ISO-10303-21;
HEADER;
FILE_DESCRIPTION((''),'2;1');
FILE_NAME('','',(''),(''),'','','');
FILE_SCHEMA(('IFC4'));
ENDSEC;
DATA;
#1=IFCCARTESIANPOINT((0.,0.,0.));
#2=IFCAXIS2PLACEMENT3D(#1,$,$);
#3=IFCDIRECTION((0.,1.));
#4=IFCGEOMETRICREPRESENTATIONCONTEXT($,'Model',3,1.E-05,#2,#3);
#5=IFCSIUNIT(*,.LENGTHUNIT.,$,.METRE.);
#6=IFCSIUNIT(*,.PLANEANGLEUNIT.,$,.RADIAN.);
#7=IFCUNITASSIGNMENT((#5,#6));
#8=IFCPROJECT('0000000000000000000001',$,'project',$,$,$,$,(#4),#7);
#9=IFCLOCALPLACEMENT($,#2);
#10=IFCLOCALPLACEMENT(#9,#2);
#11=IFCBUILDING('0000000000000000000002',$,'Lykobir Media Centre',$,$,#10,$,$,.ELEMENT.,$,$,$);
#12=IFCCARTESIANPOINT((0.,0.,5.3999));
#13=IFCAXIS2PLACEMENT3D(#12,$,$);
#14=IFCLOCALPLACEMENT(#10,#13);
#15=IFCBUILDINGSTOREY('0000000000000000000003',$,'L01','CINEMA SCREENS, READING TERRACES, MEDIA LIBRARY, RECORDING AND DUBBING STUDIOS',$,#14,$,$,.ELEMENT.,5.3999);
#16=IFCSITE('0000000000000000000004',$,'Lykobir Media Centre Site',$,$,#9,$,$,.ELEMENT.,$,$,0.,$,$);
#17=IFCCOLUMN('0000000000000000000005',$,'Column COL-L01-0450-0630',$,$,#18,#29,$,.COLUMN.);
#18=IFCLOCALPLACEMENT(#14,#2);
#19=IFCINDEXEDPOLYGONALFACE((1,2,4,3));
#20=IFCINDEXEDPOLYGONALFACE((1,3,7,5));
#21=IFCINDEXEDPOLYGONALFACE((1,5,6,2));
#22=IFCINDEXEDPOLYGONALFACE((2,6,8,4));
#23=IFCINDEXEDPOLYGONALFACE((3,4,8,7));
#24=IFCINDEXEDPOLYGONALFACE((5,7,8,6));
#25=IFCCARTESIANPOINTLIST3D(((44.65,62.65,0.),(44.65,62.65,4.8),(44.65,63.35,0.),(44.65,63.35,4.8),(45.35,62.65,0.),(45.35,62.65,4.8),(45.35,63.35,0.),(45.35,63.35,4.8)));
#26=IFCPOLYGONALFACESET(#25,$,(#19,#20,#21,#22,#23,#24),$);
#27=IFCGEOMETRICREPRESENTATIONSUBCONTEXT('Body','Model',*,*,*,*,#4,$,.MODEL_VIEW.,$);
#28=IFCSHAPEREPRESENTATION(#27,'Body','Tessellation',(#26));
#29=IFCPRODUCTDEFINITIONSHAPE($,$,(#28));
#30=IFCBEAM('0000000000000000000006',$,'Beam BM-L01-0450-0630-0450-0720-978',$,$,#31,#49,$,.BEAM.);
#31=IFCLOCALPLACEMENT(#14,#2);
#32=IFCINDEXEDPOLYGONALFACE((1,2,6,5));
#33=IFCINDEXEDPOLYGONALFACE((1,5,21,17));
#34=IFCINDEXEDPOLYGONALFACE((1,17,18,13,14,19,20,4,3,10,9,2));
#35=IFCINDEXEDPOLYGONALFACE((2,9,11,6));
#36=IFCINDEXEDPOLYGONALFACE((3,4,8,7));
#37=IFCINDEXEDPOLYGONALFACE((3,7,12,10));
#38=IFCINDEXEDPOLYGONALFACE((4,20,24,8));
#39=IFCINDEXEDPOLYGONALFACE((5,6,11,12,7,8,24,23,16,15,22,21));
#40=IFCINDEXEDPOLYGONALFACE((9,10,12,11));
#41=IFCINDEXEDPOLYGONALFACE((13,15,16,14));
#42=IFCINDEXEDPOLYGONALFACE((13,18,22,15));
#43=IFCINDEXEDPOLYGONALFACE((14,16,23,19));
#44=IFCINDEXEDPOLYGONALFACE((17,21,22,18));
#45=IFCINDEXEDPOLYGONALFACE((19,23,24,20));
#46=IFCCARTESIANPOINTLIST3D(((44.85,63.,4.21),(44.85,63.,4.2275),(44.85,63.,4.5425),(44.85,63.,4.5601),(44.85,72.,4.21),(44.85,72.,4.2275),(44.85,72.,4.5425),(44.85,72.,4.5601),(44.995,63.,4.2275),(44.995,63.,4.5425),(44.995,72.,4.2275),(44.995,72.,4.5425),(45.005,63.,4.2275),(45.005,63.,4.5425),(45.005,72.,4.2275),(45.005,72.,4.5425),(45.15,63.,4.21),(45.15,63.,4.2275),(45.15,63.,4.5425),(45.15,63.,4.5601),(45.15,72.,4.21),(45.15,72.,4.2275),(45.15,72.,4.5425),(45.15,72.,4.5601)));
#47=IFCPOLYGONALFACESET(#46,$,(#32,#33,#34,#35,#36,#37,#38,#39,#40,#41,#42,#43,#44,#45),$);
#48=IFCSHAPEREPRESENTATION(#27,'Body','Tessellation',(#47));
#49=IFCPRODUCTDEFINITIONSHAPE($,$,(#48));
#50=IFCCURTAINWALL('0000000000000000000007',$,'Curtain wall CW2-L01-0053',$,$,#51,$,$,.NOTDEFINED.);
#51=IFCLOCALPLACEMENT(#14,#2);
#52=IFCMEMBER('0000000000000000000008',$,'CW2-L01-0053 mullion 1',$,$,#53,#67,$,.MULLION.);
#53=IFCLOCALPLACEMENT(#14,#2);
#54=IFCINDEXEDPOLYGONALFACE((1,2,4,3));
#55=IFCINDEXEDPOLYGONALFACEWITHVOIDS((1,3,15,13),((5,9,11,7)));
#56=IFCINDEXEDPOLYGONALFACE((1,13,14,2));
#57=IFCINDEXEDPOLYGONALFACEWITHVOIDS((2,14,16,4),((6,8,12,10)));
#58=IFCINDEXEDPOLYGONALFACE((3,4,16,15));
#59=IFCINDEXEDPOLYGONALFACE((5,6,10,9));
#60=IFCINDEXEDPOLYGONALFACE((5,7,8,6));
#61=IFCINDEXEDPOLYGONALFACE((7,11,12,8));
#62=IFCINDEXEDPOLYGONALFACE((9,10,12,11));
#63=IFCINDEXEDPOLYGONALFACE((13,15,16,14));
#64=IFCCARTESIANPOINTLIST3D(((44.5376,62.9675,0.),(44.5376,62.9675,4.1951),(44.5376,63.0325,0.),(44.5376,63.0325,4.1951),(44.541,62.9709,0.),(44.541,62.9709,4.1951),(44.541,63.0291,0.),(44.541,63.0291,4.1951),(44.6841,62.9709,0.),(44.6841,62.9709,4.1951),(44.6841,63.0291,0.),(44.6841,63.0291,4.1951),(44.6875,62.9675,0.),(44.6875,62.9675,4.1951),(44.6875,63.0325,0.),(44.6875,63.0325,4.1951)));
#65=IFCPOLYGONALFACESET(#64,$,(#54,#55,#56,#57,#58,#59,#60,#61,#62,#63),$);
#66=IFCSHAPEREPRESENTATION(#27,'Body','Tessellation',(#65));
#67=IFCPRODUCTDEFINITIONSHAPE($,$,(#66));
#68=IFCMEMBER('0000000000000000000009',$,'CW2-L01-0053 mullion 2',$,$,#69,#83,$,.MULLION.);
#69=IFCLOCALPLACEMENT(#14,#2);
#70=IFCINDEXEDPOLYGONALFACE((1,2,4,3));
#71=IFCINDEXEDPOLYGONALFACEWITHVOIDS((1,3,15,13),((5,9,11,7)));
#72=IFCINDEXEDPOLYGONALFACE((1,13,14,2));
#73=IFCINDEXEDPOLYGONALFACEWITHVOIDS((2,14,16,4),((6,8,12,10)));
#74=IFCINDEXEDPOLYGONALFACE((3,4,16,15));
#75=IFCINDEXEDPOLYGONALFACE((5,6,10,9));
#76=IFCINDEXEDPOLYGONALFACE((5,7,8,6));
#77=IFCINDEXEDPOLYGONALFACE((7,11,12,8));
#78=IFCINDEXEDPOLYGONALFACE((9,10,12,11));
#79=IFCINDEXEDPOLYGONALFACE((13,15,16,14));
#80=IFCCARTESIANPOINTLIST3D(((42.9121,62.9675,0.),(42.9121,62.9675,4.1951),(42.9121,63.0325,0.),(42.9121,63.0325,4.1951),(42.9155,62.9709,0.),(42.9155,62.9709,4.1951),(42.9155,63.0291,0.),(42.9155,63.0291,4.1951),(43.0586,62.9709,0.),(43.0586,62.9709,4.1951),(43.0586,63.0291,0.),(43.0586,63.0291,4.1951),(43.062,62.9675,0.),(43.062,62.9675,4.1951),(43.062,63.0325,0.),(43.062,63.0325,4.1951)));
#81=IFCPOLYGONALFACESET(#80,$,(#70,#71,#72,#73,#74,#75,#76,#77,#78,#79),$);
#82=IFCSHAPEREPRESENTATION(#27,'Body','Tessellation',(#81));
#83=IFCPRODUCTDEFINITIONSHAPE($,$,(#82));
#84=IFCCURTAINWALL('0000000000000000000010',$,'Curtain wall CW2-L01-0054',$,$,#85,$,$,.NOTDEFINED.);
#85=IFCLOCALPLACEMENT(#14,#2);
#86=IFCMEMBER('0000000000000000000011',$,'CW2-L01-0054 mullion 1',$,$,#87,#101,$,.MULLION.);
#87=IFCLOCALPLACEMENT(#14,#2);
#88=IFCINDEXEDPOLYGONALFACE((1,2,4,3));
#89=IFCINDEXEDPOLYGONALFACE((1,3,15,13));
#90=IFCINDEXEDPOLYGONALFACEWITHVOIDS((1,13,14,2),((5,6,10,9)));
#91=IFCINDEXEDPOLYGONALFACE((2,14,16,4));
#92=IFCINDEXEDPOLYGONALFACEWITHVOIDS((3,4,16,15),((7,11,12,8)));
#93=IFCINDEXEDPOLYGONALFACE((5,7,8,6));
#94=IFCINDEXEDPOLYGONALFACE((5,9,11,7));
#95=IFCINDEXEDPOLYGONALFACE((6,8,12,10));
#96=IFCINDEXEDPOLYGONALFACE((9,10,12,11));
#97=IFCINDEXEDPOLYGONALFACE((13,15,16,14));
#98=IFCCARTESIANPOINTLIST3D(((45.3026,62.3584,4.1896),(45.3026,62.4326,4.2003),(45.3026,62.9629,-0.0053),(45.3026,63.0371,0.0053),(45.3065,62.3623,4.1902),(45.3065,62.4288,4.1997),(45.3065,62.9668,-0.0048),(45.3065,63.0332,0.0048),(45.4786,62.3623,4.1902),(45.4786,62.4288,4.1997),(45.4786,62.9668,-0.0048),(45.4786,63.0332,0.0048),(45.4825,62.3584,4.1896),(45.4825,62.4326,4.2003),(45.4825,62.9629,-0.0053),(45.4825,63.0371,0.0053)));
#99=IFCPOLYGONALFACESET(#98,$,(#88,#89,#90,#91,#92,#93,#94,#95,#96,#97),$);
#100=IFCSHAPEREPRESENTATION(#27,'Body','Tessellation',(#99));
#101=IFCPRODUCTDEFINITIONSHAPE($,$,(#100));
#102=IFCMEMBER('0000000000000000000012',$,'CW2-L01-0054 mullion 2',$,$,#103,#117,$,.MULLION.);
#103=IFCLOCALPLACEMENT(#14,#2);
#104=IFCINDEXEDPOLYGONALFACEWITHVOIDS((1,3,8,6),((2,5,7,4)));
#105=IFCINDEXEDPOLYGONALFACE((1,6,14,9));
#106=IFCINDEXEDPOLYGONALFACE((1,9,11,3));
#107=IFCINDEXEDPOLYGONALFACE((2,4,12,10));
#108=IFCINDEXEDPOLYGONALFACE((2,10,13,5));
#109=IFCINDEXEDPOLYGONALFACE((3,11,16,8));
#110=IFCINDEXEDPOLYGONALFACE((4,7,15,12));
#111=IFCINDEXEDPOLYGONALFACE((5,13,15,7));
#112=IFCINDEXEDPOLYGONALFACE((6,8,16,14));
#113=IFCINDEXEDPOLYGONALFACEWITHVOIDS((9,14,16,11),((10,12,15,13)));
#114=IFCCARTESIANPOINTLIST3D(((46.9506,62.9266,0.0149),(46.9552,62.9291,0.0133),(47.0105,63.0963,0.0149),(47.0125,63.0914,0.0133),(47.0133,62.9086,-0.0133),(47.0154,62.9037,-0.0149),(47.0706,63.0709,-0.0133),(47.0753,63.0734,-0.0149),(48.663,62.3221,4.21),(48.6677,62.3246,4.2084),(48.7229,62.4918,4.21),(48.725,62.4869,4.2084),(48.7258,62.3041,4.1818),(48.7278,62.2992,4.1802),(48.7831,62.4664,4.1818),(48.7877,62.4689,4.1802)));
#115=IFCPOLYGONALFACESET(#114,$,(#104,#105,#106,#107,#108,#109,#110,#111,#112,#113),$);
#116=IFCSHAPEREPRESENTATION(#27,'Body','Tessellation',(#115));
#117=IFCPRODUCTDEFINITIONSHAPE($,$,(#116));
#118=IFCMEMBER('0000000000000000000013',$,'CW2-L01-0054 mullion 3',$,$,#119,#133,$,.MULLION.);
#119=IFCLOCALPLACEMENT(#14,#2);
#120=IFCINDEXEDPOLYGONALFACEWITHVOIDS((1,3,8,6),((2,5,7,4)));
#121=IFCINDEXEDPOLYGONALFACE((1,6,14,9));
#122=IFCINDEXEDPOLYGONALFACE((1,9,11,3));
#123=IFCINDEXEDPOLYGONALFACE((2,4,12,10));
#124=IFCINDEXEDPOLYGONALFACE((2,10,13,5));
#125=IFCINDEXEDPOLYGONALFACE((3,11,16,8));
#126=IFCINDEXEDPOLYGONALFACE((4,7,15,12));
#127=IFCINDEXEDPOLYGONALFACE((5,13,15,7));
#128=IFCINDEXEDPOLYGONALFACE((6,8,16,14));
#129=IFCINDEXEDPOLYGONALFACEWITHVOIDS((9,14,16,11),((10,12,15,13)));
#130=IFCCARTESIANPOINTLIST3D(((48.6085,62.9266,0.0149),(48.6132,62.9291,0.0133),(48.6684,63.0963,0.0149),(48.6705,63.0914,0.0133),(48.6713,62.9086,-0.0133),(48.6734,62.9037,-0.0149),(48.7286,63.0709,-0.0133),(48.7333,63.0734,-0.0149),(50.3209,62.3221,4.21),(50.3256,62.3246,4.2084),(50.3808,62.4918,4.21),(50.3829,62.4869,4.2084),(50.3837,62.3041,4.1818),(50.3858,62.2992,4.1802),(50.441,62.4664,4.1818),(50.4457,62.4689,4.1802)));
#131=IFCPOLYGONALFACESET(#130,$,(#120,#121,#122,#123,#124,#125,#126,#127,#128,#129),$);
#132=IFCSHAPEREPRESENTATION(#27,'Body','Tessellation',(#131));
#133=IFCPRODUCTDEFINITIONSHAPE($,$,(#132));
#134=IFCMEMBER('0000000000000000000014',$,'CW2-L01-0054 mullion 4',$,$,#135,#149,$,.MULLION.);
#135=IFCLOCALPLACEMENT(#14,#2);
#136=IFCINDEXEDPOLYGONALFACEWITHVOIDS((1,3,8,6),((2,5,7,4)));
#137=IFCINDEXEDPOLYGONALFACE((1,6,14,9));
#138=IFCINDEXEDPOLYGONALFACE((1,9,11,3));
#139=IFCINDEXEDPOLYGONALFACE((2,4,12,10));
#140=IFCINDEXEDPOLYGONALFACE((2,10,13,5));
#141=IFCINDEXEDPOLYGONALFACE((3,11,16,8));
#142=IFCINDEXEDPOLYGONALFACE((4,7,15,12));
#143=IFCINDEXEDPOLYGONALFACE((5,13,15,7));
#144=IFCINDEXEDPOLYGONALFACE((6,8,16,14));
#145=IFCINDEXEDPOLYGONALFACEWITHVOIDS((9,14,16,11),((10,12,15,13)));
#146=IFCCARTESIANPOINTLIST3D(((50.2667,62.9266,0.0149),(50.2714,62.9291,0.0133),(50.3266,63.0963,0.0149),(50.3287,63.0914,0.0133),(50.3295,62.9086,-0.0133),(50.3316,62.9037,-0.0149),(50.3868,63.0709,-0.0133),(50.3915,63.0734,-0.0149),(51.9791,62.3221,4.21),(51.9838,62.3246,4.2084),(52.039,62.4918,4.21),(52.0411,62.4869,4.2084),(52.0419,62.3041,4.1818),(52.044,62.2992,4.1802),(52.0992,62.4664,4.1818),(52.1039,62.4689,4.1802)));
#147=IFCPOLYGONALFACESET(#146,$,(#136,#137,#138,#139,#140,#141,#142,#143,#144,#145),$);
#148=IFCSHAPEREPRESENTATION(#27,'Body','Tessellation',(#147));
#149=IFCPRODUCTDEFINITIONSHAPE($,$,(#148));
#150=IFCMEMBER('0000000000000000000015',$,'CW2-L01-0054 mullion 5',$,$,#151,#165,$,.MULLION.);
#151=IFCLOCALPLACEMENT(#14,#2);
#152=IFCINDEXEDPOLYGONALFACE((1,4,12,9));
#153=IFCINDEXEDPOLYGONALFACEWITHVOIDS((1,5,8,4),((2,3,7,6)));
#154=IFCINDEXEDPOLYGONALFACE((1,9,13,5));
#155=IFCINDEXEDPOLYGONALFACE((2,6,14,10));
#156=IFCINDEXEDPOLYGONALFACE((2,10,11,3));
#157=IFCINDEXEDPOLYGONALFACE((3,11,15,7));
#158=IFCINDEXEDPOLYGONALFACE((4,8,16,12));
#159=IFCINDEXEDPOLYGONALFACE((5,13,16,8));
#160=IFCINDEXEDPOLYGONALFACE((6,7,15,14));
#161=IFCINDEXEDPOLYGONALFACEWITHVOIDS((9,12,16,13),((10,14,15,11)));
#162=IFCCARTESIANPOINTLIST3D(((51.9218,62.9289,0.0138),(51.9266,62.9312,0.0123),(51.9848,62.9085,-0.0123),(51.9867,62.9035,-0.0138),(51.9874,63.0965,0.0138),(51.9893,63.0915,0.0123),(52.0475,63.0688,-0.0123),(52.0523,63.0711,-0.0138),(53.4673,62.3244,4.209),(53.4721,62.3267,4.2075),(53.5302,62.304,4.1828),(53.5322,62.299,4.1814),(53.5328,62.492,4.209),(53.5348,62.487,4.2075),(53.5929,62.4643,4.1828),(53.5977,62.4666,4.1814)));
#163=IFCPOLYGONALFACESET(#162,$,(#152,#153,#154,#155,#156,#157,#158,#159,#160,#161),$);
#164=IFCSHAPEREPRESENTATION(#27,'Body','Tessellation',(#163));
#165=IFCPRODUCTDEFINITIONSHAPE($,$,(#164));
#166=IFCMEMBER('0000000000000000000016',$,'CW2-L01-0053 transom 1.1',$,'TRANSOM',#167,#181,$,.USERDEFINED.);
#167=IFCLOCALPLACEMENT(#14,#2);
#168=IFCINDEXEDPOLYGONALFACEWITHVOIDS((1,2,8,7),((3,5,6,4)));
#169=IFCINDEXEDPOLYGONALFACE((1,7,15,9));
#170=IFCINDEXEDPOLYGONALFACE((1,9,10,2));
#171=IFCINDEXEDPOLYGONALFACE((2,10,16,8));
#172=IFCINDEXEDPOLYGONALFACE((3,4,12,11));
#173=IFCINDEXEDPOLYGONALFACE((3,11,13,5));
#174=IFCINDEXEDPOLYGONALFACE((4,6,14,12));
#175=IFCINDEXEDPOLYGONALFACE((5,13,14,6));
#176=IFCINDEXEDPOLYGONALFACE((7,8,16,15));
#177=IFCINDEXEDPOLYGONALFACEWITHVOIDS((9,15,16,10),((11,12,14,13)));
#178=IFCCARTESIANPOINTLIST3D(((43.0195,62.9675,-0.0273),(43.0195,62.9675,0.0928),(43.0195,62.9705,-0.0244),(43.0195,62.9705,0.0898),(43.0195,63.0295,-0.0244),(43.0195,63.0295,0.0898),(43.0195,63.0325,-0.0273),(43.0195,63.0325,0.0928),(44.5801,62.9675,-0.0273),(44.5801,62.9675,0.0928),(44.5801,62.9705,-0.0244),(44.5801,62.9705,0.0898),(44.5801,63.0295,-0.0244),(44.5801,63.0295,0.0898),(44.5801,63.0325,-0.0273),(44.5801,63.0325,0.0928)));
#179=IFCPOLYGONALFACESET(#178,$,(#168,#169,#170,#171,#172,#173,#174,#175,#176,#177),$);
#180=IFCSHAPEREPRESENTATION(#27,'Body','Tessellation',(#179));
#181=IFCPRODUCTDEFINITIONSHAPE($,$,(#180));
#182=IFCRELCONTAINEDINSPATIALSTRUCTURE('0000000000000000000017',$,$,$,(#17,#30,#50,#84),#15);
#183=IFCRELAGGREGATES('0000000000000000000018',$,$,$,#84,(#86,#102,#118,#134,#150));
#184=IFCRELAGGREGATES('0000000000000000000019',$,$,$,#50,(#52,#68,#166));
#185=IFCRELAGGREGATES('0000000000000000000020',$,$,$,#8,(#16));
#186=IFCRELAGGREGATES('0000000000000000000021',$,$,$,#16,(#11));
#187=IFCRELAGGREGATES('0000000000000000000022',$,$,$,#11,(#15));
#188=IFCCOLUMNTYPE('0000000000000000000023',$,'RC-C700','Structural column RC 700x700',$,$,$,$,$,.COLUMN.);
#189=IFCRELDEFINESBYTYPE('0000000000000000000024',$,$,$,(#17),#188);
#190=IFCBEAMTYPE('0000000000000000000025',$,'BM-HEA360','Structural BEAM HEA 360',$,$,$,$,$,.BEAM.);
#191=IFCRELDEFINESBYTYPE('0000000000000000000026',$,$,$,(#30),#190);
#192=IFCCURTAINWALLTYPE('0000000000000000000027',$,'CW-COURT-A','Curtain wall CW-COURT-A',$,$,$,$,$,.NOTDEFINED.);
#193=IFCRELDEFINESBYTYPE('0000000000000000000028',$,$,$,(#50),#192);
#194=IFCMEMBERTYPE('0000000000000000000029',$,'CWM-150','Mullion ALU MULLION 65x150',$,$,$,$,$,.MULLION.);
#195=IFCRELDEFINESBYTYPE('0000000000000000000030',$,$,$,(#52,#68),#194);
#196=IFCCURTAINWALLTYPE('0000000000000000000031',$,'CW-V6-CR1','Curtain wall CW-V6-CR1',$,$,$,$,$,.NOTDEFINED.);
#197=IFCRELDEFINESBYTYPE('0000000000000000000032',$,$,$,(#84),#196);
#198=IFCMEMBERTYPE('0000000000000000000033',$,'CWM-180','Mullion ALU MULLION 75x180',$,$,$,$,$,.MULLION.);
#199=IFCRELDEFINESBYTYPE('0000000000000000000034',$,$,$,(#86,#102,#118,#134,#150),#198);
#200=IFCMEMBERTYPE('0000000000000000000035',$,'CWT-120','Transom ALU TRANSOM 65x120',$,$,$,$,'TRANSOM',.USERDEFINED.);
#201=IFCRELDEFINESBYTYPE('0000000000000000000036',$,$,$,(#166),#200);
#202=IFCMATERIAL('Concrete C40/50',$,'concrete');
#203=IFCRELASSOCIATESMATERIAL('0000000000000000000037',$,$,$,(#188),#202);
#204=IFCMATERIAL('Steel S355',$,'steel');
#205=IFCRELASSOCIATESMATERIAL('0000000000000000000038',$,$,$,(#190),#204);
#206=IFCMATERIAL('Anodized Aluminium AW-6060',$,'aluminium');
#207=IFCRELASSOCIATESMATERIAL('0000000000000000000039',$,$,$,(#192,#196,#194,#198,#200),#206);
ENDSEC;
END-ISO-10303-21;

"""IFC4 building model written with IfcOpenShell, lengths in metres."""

from ifc_helpers import new_model, si_unit, direction, frame, origin, origin_2d, place, context, subcontext, project, spatial, rectangle, hollow_rectangle, i_section, extrude, material, material_profile, profile_set, type_object, element, aggregate, save


model = new_model("IFC4")

# Units and contexts
model_context = context("Model", 3, precision=1e-05, world=origin(), true_north=direction((0.0, 1.0)))
body_context = subcontext(model_context, "Body", "Model", "MODEL_VIEW")
ifc_project = project(units=[si_unit("LENGTHUNIT", "METRE"), si_unit("PLANEANGLEUNIT", "RADIAN")], contexts=[model_context])

# Site, building, storey
site_placement = place(None, origin())
site = spatial("IfcSite", under=ifc_project, at=site_placement, Name="Lykobir Media Centre Site", CompositionType="ELEMENT", RefElevation=0.0)
building_placement = place(site_placement, origin())
building = spatial("IfcBuilding", under=site, at=building_placement, Name="Lykobir Media Centre", CompositionType="ELEMENT")
storey_placement = place(building_placement, frame((0.0, 0.0, 5.3999)))
storey = spatial("IfcBuildingStorey", under=building, at=storey_placement, Name="L01", Description="CINEMA SCREENS, READING TERRACES, MEDIA LIBRARY, RECORDING AND DUBBING STUDIOS", CompositionType="ELEMENT", Elevation=5.3999)

# Column
ifc_material_1 = material(Name="Concrete C40/50", Category="concrete")
ifc_material_profile_1 = material_profile(ifc_material_1, rectangle(XDim=0.7, YDim=0.7, at=origin_2d()), Name="RC 700x700")
ifc_profile_set_1 = profile_set([ifc_material_profile_1], Name="Concrete C40/50")
column_type = type_object("IfcColumnType", Name="RC-C700", Description="Structural column RC 700x700", PredefinedType="COLUMN", material=ifc_profile_set_1)
column_placement = place(storey_placement, frame((45.0, 63.0, 0.0), z_axis=(0.0, 0.0, 1.0), x_axis=(1.0, 0.0, 0.0)))
element("IfcColumn", 1, at=column_placement, inside=storey, type_object=column_type, Name="Column COL-L01-0450-0630", PredefinedType="COLUMN", context=body_context, shape_type="SweptSolid", body=[
    extrude(rectangle(XDim=0.7, YDim=0.7, at=origin_2d()), origin(), (0.0, 0.0, 1.0), 4.8),
])

# Beam
ifc_material_2 = material(Name="Steel S355", Category="steel")
ifc_material_profile_2 = material_profile(ifc_material_2, i_section(OverallWidth=0.3, OverallDepth=0.3501, WebThickness=0.01, FlangeThickness=0.0176, at=origin_2d()), Name="HEA 360")
ifc_profile_set_2 = profile_set([ifc_material_profile_2], Name="Steel S355")
beam_type_1 = type_object("IfcBeamType", Name="BM-HEA360", Description="Structural BEAM HEA 360", PredefinedType="BEAM", material=ifc_profile_set_2)
beam_1_placement = place(storey_placement, frame((45.0, 63.0, 4.385), z_axis=(0.0, 1.0, 0.0), x_axis=(-1.0, 0.0, 0.0)))
element("IfcBeam", 2, at=beam_1_placement, inside=storey, type_object=beam_type_1, Name="Beam BM-L01-0450-0630-0450-0720-978", PredefinedType="BEAM", context=body_context, shape_type="SweptSolid", body=[
    extrude(i_section(OverallWidth=0.3, OverallDepth=0.3501, WebThickness=0.01, FlangeThickness=0.0176, at=origin_2d()), origin(), (0.0, 0.0, 1.0), 9.0),
])

# Curtain walls, members
ifc_material_3 = material(Name="Anodized Aluminium AW-6060", Category="aluminium")
curtain_wall_type_1 = type_object("IfcCurtainWallType", Name="CW-COURT-A", Description="Curtain wall CW-COURT-A", PredefinedType="NOTDEFINED", material=ifc_material_3)
curtain_wall_1_placement = place(storey_placement, origin())
curtain_wall_1 = element("IfcCurtainWall", 3, at=curtain_wall_1_placement, inside=storey, type_object=curtain_wall_type_1, Name="Curtain wall CW2-L01-0053", PredefinedType="NOTDEFINED")
ifc_material_profile_3 = material_profile(ifc_material_3, hollow_rectangle(XDim=0.0649, YDim=0.1499, WallThickness=0.0034, at=origin_2d()), Name="ALU MULLION 65x150")
ifc_profile_set_3 = profile_set([ifc_material_profile_3], Name="Anodized Aluminium AW-6060")
member_type_1 = type_object("IfcMemberType", Name="CWM-150", Description="Mullion ALU MULLION 65x150", PredefinedType="MULLION", material=ifc_profile_set_3)
member_1_placement = place(storey_placement, frame((44.6125, 63.0, 0.0), z_axis=(0.0, 0.0, 1.0), x_axis=(0.0, -1.0, 0.0)))
member_1 = element("IfcMember", 4, at=member_1_placement, type_object=member_type_1, Name="CW2-L01-0053 mullion 1", PredefinedType="MULLION", context=body_context, shape_type="SweptSolid", body=[
    extrude(hollow_rectangle(XDim=0.0649, YDim=0.1499, WallThickness=0.0034, at=origin_2d()), origin(), (0.0, 0.0, 1.0), 4.1951),
])
member_2_placement = place(storey_placement, frame((42.9871, 63.0, 0.0), z_axis=(0.0, 0.0, 1.0), x_axis=(0.0, -1.0, 0.0)))
member_2 = element("IfcMember", 5, at=member_2_placement, type_object=member_type_1, Name="CW2-L01-0053 mullion 2", PredefinedType="MULLION", context=body_context, shape_type="SweptSolid", body=[
    extrude(hollow_rectangle(XDim=0.0649, YDim=0.1499, WallThickness=0.0034, at=origin_2d()), origin(), (0.0, 0.0, 1.0), 4.1951),
])
curtain_wall_type_2 = type_object("IfcCurtainWallType", Name="CW-V6-CR1", Description="Curtain wall CW-V6-CR1", PredefinedType="NOTDEFINED", material=ifc_material_3)
curtain_wall_2_placement = place(storey_placement, origin())
curtain_wall_2 = element("IfcCurtainWall", 6, at=curtain_wall_2_placement, inside=storey, type_object=curtain_wall_type_2, Name="Curtain wall CW2-L01-0054", PredefinedType="NOTDEFINED")
ifc_material_profile_4 = material_profile(ifc_material_3, hollow_rectangle(XDim=0.075, YDim=0.1799, WallThickness=0.0039, at=origin_2d()), Name="ALU MULLION 75x180")
ifc_profile_set_4 = profile_set([ifc_material_profile_4], Name="Anodized Aluminium AW-6060")
member_type_2 = type_object("IfcMemberType", Name="CWM-180", Description="Mullion ALU MULLION 75x180", PredefinedType="MULLION", material=ifc_profile_set_4)
member_3_placement = place(storey_placement, frame((45.3926, 63.0, 0.0), z_axis=(0.0, -0.142623, 0.989777), x_axis=(0.0, 0.989777, 0.142623)))
member_3 = element("IfcMember", 7, at=member_3_placement, type_object=member_type_2, Name="CW2-L01-0054 mullion 1", PredefinedType="MULLION", context=body_context, shape_type="SweptSolid", body=[
    extrude(hollow_rectangle(XDim=0.075, YDim=0.1799, WallThickness=0.0039, at=origin_2d()), origin(), (0.0, 0.0, 1.0), 4.2383),
])
member_4_placement = place(storey_placement, frame((47.0129, 63.0, 0.0), z_axis=(0.374603, -0.132238, 0.917707), x_axis=(-0.865371, 0.305483, 0.397258)))
member_4 = element("IfcMember", 8, at=member_4_placement, type_object=member_type_2, Name="CW2-L01-0054 mullion 2", PredefinedType="MULLION", context=body_context, shape_type="SweptSolid", body=[
    extrude(hollow_rectangle(XDim=0.075, YDim=0.1799, WallThickness=0.0039, at=origin_2d()), origin(), (0.0, 0.0, 1.0), 4.5713),
])
member_5_placement = place(storey_placement, frame((48.6709, 63.0, 0.0), z_axis=(0.374603, -0.132238, 0.917707), x_axis=(-0.865371, 0.305483, 0.397258)))
member_5 = element("IfcMember", 9, at=member_5_placement, type_object=member_type_2, Name="CW2-L01-0054 mullion 3", PredefinedType="MULLION", context=body_context, shape_type="SweptSolid", body=[
    extrude(hollow_rectangle(XDim=0.075, YDim=0.1799, WallThickness=0.0039, at=origin_2d()), origin(), (0.0, 0.0, 1.0), 4.5713),
])
member_6_placement = place(storey_placement, frame((50.3291, 63.0, 0.0), z_axis=(0.374603, -0.132238, 0.917707), x_axis=(-0.865371, 0.305483, 0.397258)))
member_6 = element("IfcMember", 10, at=member_6_placement, type_object=member_type_2, Name="CW2-L01-0054 mullion 4", PredefinedType="MULLION", context=body_context, shape_type="SweptSolid", body=[
    extrude(hollow_rectangle(XDim=0.075, YDim=0.1799, WallThickness=0.0039, at=origin_2d()), origin(), (0.0, 0.0, 1.0), 4.5713),
])
member_7_placement = place(storey_placement, frame((51.9871, 63.0, 0.0), z_axis=(0.34256, -0.133994, 0.929891), x_axis=(-0.865999, 0.338738, 0.367834)))
member_7 = element("IfcMember", 11, at=member_7_placement, type_object=member_type_2, Name="CW2-L01-0054 mullion 5", PredefinedType="MULLION", context=body_context, shape_type="SweptSolid", body=[
    extrude(hollow_rectangle(XDim=0.075, YDim=0.1799, WallThickness=0.0039, at=origin_2d()), origin(), (0.0, 0.0, 1.0), 4.5115),
])
aggregate(curtain_wall_2, [member_3, member_4, member_5, member_6, member_7])

# Member
ifc_material_profile_5 = material_profile(ifc_material_3, hollow_rectangle(XDim=0.0649, YDim=0.1201, WallThickness=0.0029, at=origin_2d()), Name="ALU TRANSOM 65x120")
ifc_profile_set_5 = profile_set([ifc_material_profile_5], Name="Anodized Aluminium AW-6060")
member_type_3 = type_object("IfcMemberType", Name="CWT-120", Description="Transom ALU TRANSOM 65x120", ElementType="TRANSOM", PredefinedType="USERDEFINED", material=ifc_profile_set_5)
member_8_placement = place(storey_placement, frame((44.5801, 63.0, 0.0327), z_axis=(-1.0, 0.0, 0.0), x_axis=(0.0, -1.0, 0.0)))
member_8 = element("IfcMember", 12, at=member_8_placement, type_object=member_type_3, Name="CW2-L01-0053 transom 1.1", ObjectType="TRANSOM", PredefinedType="USERDEFINED", context=body_context, shape_type="SweptSolid", body=[
    extrude(hollow_rectangle(XDim=0.0649, YDim=0.1201, WallThickness=0.0029, at=origin_2d()), origin(), (0.0, 0.0, 1.0), 1.5605),
])

aggregate(curtain_wall_1, [member_1, member_2, member_8])

save(model, "model.ifc")
